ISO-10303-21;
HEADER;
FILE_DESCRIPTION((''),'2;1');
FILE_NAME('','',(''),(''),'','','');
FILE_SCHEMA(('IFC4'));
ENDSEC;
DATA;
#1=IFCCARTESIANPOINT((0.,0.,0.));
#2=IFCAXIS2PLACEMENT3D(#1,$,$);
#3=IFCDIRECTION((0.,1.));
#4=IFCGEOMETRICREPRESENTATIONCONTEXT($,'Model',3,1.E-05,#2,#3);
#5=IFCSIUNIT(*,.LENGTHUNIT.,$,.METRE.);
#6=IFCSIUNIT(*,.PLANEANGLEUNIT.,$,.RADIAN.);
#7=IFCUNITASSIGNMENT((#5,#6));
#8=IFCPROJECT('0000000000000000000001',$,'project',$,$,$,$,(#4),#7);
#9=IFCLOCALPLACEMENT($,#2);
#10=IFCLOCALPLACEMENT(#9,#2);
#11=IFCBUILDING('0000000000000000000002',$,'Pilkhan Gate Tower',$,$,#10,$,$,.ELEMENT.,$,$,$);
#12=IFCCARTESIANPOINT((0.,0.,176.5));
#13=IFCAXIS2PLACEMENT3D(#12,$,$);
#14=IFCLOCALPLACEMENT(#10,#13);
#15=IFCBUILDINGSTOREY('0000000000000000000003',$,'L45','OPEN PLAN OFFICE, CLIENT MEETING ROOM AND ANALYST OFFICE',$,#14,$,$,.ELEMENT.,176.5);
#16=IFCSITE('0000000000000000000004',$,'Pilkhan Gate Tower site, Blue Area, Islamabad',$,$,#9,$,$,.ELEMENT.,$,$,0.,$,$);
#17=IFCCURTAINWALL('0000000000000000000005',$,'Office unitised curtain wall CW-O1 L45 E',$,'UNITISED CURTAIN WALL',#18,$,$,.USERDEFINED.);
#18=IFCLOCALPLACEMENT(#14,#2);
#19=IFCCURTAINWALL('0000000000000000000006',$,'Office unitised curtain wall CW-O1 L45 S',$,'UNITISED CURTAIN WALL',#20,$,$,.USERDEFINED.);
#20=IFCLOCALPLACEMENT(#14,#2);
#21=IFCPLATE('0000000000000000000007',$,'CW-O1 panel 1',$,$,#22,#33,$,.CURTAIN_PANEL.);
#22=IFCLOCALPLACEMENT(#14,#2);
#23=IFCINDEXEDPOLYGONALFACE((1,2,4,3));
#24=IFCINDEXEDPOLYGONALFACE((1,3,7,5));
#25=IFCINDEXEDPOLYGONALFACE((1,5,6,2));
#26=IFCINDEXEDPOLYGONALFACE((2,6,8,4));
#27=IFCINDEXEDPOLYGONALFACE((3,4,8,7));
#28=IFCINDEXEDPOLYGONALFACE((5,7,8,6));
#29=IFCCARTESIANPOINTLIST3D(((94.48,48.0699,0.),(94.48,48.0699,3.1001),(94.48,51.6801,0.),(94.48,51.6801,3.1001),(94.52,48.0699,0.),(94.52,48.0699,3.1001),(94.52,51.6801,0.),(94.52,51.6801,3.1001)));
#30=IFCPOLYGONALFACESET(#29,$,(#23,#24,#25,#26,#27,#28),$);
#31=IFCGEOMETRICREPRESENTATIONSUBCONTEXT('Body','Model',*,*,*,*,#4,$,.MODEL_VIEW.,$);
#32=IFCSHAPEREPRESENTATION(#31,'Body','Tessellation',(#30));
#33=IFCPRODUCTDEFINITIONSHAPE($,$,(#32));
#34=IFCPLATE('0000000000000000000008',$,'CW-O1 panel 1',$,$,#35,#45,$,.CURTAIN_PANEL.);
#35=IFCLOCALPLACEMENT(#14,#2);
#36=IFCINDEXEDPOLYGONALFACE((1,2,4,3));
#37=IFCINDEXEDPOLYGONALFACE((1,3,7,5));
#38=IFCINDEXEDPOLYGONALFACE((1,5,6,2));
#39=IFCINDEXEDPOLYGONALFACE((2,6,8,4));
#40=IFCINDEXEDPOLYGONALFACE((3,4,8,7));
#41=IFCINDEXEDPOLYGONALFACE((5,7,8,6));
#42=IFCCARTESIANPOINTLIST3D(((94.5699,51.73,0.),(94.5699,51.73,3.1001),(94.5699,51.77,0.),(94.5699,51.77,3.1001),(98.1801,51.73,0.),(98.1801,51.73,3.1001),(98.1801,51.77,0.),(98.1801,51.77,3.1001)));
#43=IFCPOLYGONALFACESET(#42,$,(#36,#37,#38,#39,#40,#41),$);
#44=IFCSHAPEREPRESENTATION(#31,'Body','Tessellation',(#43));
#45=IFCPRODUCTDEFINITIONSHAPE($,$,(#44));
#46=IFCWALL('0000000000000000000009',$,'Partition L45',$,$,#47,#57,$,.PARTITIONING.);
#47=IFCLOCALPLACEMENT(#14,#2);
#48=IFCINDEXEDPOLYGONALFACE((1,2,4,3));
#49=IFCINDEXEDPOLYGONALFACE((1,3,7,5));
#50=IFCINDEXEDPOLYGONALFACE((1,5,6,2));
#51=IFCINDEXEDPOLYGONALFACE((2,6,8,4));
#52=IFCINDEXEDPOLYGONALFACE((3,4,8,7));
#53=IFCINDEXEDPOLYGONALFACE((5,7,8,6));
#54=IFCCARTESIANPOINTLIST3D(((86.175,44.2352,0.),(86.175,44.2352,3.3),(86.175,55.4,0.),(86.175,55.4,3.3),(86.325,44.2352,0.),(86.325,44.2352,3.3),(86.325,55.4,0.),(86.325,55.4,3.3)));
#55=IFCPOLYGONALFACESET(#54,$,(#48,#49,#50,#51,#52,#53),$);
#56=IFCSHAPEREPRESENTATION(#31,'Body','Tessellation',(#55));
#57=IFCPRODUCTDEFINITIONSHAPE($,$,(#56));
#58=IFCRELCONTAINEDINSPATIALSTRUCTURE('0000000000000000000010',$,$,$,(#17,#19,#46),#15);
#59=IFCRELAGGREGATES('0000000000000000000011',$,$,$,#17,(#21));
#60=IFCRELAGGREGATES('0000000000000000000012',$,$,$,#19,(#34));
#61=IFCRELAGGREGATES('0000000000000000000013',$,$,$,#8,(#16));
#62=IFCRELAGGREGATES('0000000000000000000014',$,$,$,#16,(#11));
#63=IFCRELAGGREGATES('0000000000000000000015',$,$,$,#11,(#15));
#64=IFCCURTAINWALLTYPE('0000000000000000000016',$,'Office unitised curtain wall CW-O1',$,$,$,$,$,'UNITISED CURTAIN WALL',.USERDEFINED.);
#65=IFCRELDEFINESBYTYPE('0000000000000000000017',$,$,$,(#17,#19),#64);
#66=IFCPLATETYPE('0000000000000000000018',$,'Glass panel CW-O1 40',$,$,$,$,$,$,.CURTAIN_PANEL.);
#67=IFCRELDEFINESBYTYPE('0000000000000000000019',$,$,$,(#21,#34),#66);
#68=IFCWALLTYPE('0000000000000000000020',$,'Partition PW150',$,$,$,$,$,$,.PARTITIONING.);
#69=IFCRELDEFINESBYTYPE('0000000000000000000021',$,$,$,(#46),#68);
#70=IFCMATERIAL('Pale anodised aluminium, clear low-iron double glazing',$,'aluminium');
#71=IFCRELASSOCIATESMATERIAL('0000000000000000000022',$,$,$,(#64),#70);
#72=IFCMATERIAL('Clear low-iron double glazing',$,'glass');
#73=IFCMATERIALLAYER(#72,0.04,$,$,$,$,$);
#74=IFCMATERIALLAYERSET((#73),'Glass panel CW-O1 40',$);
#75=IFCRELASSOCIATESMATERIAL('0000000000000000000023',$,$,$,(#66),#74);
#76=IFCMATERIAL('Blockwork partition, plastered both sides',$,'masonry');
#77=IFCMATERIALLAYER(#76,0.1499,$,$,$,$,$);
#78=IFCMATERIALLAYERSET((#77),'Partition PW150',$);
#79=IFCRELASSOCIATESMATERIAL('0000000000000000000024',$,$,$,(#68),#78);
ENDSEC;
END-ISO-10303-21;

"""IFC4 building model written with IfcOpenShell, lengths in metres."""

from ifc_helpers import new_model, si_unit, direction, frame, frame_2d, origin, origin_2d, place, context, subcontext, project, spatial, rectangle, extrude, material, layer, layer_set, type_object, element, aggregate, save


model = new_model("IFC4")

# Units and contexts
model_context = context("Model", 3, precision=1e-05, world=origin(), true_north=direction((0.0, 1.0)))
body_context = subcontext(model_context, "Body", "Model", "MODEL_VIEW")
ifc_project = project(units=[si_unit("LENGTHUNIT", "METRE"), si_unit("PLANEANGLEUNIT", "RADIAN")], contexts=[model_context])

# Site, building, storey
site_placement = place(None, origin())
site = spatial("IfcSite", under=ifc_project, at=site_placement, Name="Pilkhan Gate Tower site, Blue Area, Islamabad", CompositionType="ELEMENT", RefElevation=0.0)
building_placement = place(site_placement, origin())
building = spatial("IfcBuilding", under=site, at=building_placement, Name="Pilkhan Gate Tower", CompositionType="ELEMENT")
storey_placement = place(building_placement, frame((0.0, 0.0, 176.5)))
storey = spatial("IfcBuildingStorey", under=building, at=storey_placement, Name="L45", Description="OPEN PLAN OFFICE, CLIENT MEETING ROOM AND ANALYST OFFICE", CompositionType="ELEMENT", Elevation=176.5)

# Shared definitions
ifc_material_1 = material(Name="Pale anodised aluminium, clear low-iron double glazing", Category="aluminium")
curtain_wall_type = type_object("IfcCurtainWallType", Name="Office unitised curtain wall CW-O1", ElementType="UNITISED CURTAIN WALL", PredefinedType="USERDEFINED", material=ifc_material_1)

# Curtain walls
curtain_wall_1_placement = place(storey_placement, origin())
curtain_wall_1 = element("IfcCurtainWall", 1, at=curtain_wall_1_placement, inside=storey, type_object=curtain_wall_type, Name="Office unitised curtain wall CW-O1 L45 E", ObjectType="UNITISED CURTAIN WALL", PredefinedType="USERDEFINED")
curtain_wall_2_placement = place(storey_placement, origin())
curtain_wall_2 = element("IfcCurtainWall", 2, at=curtain_wall_2_placement, inside=storey, type_object=curtain_wall_type, Name="Office unitised curtain wall CW-O1 L45 S", ObjectType="UNITISED CURTAIN WALL", PredefinedType="USERDEFINED")

# Plates
ifc_material_2 = material(Name="Clear low-iron double glazing", Category="glass")
ifc_layer_1 = layer(ifc_material_2, 0.04)
ifc_layer_set_1 = layer_set([ifc_layer_1], Name="Glass panel CW-O1 40")
plate_type = type_object("IfcPlateType", Name="Glass panel CW-O1 40", PredefinedType="CURTAIN_PANEL", material=ifc_layer_set_1)
plate_1_placement = place(storey_placement, frame((94.5, 49.875, 0.0), z_axis=(0.0, 0.0, 1.0), x_axis=(0.0, 1.0, 0.0)))
plate_1 = element("IfcPlate", 3, at=plate_1_placement, type_object=plate_type, Name="CW-O1 panel 1", PredefinedType="CURTAIN_PANEL", context=body_context, shape_type="SweptSolid", body=[
    extrude(rectangle(XDim=3.6101, YDim=0.04, at=origin_2d()), origin(), (0.0, 0.0, 1.0), 3.1001),
])
aggregate(curtain_wall_1, [plate_1])
plate_2_placement = place(storey_placement, frame((96.375, 51.75, 0.0), z_axis=(0.0, 0.0, 1.0), x_axis=(1.0, 0.0, 0.0)))
plate_2 = element("IfcPlate", 4, at=plate_2_placement, type_object=plate_type, Name="CW-O1 panel 1", PredefinedType="CURTAIN_PANEL", context=body_context, shape_type="SweptSolid", body=[
    extrude(rectangle(XDim=3.6101, YDim=0.04, at=origin_2d()), origin(), (0.0, 0.0, 1.0), 3.1001),
])
aggregate(curtain_wall_2, [plate_2])

# Wall
ifc_material_3 = material(Name="Blockwork partition, plastered both sides", Category="masonry")
ifc_layer_2 = layer(ifc_material_3, 0.1499)
ifc_layer_set_2 = layer_set([ifc_layer_2], Name="Partition PW150")
wall_type = type_object("IfcWallType", Name="Partition PW150", PredefinedType="PARTITIONING", material=ifc_layer_set_2)
wall_placement = place(storey_placement, frame((86.25, 44.2351, 0.0), z_axis=(0.0, 0.0, 1.0), x_axis=(0.0, 1.0, 0.0)))
element("IfcWall", 5, at=wall_placement, inside=storey, type_object=wall_type, Name="Partition L45", PredefinedType="PARTITIONING", context=body_context, shape_type="SweptSolid", body=[
    extrude(rectangle(XDim=11.1648, YDim=0.1499, at=frame_2d((5.5825, 0.0))), origin(), (0.0, 0.0, 1.0), 3.3),
])

save(model, "model.ifc")
